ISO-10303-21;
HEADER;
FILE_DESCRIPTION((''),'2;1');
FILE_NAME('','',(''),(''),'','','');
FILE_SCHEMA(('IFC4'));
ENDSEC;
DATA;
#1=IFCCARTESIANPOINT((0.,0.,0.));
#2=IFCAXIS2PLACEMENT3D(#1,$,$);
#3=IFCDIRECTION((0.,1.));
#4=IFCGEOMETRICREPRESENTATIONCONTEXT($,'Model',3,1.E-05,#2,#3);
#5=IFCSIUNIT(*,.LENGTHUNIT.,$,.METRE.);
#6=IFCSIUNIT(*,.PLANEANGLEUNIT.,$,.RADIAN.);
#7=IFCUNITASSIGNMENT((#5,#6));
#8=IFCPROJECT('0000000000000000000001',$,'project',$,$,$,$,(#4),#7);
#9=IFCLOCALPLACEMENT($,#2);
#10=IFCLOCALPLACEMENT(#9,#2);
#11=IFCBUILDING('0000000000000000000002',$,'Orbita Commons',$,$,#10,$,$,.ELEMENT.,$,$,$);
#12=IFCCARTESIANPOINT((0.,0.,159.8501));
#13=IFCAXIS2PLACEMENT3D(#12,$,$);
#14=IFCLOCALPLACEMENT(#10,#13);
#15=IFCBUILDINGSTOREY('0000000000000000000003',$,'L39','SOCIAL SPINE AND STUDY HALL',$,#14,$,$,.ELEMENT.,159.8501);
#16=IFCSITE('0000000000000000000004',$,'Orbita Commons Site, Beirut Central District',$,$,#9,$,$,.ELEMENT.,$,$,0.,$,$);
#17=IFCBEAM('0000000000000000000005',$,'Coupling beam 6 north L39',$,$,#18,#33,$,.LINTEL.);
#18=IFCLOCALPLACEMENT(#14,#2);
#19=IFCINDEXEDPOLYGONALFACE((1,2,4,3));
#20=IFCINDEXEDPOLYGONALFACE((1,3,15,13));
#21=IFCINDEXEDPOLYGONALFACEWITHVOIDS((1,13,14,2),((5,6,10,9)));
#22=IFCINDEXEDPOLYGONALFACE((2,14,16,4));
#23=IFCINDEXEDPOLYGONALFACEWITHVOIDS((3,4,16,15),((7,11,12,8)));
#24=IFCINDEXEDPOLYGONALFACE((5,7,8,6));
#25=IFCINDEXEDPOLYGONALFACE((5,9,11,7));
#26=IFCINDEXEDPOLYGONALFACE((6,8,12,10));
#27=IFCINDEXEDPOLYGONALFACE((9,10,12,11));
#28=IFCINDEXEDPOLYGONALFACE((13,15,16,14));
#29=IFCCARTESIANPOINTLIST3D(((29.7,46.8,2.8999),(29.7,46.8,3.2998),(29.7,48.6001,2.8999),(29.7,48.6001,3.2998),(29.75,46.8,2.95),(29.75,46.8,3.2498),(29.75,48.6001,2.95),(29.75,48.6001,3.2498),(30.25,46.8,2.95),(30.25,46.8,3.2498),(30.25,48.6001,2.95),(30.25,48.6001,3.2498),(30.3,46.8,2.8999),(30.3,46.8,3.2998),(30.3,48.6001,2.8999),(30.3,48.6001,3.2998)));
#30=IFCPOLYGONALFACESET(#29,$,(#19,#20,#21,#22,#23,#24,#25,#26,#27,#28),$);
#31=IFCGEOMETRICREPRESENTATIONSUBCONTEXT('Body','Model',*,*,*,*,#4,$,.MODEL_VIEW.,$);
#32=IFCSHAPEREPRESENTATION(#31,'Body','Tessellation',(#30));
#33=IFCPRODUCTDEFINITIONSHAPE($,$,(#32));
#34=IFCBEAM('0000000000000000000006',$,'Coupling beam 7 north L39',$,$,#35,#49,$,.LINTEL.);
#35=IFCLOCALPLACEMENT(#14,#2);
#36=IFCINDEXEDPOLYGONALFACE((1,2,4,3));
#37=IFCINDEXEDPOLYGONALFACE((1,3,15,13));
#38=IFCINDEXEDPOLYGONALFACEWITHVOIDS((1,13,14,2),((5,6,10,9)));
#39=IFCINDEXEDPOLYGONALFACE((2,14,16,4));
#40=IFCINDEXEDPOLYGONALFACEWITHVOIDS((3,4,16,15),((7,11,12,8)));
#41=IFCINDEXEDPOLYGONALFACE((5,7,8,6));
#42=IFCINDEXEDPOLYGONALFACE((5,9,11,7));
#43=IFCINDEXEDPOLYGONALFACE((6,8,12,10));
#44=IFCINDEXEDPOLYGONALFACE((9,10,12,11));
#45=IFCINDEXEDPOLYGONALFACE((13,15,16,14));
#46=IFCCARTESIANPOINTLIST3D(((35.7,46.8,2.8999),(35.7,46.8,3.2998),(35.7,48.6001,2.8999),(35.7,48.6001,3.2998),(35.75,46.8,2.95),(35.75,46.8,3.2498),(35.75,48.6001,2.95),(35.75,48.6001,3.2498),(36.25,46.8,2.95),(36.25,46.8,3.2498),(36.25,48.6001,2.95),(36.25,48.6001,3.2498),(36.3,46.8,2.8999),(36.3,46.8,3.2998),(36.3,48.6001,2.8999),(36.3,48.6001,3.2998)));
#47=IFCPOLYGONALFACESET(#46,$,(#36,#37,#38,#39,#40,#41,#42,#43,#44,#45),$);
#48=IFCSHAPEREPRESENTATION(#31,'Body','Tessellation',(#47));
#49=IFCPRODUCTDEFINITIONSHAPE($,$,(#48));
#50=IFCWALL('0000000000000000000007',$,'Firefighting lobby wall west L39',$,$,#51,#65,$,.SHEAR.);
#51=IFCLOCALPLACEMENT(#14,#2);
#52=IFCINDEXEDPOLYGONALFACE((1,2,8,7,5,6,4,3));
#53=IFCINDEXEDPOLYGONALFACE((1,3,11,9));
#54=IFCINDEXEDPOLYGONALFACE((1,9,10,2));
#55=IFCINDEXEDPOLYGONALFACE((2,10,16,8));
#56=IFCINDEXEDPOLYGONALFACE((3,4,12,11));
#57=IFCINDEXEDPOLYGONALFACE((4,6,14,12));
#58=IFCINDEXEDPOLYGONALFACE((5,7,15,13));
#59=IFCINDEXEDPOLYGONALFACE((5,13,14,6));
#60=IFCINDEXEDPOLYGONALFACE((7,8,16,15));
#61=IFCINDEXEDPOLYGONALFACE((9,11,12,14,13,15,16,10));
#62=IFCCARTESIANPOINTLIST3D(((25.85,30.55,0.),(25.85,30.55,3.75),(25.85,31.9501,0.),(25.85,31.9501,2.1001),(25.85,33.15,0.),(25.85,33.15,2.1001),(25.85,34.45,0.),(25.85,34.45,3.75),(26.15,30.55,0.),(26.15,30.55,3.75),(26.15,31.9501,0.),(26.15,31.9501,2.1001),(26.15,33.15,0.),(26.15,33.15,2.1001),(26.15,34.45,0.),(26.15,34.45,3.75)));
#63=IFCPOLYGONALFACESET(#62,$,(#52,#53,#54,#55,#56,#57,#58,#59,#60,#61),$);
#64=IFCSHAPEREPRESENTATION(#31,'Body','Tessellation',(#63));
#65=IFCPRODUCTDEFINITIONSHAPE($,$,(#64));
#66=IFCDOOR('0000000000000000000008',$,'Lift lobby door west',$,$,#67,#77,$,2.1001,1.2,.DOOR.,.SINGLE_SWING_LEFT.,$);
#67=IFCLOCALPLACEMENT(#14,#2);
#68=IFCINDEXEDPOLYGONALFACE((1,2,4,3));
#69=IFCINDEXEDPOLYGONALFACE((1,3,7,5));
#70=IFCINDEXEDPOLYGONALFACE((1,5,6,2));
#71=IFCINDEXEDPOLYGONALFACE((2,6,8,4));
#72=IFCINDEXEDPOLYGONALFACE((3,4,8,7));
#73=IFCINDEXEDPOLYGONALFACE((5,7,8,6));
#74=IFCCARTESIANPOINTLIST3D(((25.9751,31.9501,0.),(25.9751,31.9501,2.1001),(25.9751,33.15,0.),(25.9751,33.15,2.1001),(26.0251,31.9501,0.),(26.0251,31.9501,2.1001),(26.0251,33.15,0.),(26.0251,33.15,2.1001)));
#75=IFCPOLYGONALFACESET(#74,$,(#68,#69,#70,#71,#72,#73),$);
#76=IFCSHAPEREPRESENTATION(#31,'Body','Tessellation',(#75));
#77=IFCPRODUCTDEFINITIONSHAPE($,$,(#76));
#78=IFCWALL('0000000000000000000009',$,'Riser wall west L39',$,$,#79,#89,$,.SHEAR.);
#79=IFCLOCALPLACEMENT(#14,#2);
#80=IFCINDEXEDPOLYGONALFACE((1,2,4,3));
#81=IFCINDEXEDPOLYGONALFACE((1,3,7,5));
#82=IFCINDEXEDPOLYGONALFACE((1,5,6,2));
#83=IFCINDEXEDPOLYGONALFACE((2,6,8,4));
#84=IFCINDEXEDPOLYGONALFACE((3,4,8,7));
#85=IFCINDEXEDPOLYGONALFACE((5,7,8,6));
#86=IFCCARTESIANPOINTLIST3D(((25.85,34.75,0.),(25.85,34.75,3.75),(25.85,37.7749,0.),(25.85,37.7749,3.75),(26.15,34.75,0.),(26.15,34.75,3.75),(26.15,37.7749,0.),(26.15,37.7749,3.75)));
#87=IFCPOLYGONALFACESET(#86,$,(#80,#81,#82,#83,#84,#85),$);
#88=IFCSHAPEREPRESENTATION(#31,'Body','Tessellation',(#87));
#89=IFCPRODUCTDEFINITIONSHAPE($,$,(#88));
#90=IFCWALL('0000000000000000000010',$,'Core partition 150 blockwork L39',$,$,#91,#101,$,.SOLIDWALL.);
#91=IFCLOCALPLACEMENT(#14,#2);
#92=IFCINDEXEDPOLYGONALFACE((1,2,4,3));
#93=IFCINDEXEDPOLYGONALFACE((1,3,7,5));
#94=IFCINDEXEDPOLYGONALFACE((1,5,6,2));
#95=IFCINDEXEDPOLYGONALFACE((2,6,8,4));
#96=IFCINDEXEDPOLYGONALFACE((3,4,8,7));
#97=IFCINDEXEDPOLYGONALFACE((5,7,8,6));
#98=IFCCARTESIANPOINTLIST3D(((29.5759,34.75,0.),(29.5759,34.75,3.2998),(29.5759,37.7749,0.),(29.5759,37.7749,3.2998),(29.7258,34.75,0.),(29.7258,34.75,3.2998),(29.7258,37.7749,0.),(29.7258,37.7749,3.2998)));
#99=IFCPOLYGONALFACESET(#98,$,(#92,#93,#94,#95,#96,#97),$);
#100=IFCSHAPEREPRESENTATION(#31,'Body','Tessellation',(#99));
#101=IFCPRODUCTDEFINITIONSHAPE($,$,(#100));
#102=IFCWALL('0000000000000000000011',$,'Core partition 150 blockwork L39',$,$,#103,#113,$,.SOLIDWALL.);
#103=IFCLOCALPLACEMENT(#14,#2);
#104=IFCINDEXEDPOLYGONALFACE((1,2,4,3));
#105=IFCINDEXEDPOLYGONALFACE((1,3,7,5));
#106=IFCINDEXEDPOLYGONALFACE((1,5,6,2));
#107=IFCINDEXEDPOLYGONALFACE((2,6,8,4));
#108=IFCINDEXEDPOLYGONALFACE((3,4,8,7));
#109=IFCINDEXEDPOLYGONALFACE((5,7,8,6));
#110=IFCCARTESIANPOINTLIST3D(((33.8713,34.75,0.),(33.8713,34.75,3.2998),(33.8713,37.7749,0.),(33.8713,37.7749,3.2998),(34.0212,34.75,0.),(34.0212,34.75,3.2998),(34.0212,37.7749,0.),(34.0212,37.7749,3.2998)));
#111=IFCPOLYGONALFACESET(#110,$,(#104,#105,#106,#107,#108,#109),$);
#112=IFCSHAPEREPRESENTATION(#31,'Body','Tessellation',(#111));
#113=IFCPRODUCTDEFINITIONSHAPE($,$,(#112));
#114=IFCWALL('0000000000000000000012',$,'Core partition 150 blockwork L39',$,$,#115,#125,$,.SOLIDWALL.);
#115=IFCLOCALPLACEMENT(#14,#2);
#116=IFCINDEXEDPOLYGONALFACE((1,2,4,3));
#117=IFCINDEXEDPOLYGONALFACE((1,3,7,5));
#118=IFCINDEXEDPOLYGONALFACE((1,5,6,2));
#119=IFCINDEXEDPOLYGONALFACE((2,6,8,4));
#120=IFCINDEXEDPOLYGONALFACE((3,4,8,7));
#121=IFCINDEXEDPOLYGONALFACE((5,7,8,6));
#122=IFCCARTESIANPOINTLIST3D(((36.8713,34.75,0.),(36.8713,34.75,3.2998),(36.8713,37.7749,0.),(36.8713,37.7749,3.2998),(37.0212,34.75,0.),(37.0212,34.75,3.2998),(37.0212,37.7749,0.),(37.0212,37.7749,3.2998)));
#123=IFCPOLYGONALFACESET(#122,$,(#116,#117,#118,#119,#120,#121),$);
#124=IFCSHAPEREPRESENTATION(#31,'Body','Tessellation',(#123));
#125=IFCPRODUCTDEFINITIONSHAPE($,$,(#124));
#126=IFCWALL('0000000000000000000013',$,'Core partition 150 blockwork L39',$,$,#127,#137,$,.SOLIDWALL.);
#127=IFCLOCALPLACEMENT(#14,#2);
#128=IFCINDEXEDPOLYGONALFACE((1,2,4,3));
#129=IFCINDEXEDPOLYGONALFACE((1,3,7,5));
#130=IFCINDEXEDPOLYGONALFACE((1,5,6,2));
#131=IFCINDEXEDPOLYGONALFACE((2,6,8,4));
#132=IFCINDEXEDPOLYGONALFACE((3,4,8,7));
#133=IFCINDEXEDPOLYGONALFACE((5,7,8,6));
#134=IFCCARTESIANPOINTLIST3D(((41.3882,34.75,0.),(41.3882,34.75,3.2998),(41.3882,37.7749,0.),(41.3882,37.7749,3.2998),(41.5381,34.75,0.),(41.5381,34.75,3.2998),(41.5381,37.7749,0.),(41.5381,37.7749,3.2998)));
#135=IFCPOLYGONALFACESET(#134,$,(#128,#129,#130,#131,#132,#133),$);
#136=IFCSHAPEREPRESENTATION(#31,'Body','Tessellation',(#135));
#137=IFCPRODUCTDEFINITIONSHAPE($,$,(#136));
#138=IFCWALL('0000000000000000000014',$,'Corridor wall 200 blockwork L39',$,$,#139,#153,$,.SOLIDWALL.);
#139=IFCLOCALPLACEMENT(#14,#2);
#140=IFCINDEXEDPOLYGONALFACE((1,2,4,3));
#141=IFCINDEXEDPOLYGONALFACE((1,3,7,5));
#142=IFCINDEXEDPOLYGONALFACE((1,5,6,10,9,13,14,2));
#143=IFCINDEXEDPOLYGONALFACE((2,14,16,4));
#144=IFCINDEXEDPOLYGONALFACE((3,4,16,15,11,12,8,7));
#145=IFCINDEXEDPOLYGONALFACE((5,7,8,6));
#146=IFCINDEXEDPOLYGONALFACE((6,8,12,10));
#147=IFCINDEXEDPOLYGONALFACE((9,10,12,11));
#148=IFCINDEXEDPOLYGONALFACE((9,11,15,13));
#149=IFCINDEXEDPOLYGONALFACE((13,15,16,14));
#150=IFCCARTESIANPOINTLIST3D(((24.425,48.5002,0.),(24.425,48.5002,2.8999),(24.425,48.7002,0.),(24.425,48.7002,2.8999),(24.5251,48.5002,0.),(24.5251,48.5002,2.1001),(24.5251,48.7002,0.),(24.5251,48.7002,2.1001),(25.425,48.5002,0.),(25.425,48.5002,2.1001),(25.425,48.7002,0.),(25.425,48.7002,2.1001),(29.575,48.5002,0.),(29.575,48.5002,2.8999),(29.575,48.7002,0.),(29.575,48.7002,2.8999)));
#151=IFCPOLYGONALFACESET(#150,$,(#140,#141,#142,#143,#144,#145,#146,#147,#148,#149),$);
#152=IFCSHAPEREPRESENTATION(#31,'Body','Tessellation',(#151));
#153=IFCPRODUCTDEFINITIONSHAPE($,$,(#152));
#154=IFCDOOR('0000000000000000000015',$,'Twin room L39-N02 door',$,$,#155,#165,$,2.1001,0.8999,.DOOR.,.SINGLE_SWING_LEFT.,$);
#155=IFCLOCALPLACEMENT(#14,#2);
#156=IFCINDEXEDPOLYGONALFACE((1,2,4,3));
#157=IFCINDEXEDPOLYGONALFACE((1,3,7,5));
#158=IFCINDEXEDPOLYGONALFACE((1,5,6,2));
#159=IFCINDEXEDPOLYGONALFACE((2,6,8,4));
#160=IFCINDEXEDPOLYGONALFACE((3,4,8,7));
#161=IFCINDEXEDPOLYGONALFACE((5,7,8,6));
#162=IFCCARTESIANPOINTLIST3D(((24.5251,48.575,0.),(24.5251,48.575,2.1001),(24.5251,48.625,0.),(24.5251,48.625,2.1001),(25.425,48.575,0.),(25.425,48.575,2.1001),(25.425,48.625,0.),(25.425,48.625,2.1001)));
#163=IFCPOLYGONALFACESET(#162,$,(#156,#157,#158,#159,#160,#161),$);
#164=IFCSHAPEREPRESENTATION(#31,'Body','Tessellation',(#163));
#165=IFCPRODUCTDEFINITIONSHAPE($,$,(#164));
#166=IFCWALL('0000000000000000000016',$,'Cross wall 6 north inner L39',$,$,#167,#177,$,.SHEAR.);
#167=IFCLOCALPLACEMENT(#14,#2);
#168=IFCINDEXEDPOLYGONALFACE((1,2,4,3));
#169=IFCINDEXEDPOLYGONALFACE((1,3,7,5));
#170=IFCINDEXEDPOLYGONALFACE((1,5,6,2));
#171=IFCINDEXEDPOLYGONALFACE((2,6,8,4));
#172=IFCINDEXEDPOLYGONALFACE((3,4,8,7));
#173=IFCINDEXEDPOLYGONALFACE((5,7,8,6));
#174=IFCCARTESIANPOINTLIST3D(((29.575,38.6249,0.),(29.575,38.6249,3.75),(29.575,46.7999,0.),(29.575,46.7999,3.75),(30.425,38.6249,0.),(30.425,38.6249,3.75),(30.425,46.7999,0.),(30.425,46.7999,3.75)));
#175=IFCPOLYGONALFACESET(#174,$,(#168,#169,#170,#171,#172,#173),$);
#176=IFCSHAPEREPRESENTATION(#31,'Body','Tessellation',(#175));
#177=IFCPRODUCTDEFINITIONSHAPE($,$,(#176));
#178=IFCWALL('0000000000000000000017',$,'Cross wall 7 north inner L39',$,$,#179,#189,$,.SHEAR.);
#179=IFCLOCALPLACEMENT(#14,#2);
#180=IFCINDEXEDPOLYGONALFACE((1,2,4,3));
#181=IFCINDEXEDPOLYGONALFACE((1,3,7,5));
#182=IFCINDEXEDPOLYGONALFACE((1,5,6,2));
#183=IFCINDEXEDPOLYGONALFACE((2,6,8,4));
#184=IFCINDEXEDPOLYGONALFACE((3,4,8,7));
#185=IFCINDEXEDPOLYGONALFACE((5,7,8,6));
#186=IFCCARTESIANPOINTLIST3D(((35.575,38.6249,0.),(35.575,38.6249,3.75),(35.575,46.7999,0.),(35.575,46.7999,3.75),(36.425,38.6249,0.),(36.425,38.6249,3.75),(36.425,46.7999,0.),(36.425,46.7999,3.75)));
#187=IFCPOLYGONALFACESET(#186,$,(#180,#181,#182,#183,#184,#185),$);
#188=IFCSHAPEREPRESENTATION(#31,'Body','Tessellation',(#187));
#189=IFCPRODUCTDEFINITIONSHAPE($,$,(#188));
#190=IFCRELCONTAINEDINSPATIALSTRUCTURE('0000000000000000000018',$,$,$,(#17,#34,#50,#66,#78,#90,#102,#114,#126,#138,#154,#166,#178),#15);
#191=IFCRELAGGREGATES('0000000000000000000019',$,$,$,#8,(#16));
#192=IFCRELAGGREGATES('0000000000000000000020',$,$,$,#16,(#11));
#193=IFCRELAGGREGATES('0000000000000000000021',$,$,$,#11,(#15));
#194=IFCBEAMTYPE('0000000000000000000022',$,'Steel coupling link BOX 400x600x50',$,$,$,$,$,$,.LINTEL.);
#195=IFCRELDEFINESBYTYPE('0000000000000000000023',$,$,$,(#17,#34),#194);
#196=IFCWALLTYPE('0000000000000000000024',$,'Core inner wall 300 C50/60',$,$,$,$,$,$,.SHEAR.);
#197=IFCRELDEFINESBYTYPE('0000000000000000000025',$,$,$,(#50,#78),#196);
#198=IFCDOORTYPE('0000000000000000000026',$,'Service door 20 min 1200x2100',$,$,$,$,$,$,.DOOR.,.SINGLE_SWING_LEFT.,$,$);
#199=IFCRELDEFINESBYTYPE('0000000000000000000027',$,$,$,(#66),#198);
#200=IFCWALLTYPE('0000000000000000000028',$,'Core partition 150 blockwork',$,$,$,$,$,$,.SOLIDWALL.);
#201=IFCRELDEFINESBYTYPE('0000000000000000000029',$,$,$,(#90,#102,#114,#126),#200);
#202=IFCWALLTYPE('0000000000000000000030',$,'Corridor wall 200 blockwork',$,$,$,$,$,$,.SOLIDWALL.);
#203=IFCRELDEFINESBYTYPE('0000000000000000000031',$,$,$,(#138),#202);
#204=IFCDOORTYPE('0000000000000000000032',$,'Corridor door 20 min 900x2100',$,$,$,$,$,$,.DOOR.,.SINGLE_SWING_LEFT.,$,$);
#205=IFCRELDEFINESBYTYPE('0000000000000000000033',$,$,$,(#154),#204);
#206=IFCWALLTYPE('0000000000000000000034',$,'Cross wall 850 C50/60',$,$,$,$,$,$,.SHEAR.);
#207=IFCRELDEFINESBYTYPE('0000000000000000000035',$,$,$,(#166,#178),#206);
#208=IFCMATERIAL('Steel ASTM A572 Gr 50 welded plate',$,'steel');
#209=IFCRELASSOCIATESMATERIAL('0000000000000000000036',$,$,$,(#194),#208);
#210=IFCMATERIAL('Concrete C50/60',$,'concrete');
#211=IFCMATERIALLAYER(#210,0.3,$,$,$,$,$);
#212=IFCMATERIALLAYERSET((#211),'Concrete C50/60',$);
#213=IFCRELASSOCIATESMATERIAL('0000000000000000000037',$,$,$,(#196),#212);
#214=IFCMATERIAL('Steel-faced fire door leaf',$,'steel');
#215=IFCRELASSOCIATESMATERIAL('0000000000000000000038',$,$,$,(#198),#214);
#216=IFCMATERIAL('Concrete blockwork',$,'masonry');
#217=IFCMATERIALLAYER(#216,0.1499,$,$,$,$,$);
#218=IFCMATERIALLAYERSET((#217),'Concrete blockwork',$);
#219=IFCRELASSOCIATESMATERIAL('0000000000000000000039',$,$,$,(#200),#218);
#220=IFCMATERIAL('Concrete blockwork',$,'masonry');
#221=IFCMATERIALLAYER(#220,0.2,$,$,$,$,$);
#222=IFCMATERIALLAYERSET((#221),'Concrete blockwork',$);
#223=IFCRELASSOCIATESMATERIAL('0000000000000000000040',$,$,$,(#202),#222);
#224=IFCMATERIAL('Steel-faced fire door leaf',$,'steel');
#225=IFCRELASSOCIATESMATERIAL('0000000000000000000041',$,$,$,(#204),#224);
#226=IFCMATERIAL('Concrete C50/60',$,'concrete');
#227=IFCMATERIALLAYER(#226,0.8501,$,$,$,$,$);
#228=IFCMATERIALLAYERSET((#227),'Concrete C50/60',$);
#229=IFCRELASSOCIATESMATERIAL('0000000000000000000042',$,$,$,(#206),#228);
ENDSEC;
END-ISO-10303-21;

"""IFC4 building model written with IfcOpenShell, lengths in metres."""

from ifc_helpers import new_model, si_unit, direction, frame, frame_2d, origin, origin_2d, place, context, subcontext, project, spatial, polyline, rectangle, hollow_rectangle, outline, extrude, material, layer, layer_set, material_profile, profile_set, type_object, element, fill, save


model = new_model("IFC4")

# Units and contexts
model_context = context("Model", 3, precision=1e-05, world=origin(), true_north=direction((0.0, 1.0)))
body_context = subcontext(model_context, "Body", "Model", "MODEL_VIEW")
ifc_project = project(units=[si_unit("LENGTHUNIT", "METRE"), si_unit("PLANEANGLEUNIT", "RADIAN")], contexts=[model_context])

# Site, building, storey
site_placement = place(None, origin())
site = spatial("IfcSite", under=ifc_project, at=site_placement, Name="Orbita Commons Site, Beirut Central District", CompositionType="ELEMENT", RefElevation=0.0)
building_placement = place(site_placement, origin())
building = spatial("IfcBuilding", under=site, at=building_placement, Name="Orbita Commons", CompositionType="ELEMENT")
storey_placement = place(building_placement, frame((0.0, 0.0, 159.8501)))
storey = spatial("IfcBuildingStorey", under=building, at=storey_placement, Name="L39", Description="SOCIAL SPINE AND STUDY HALL", CompositionType="ELEMENT", Elevation=159.8501)

# Beams
ifc_material_1 = material(Name="Steel ASTM A572 Gr 50 welded plate", Category="steel")
ifc_material_profile = material_profile(ifc_material_1, hollow_rectangle(XDim=0.6001, YDim=0.3999, WallThickness=0.05, at=origin_2d()), Name="BOX 400x600x50")
ifc_profile_set = profile_set([ifc_material_profile], Name="Steel ASTM A572 Gr 50 welded plate")
beam_type = type_object("IfcBeamType", Name="Steel coupling link BOX 400x600x50", PredefinedType="LINTEL", material=ifc_profile_set)
for number, where, z_axis, x_axis, name in (
    (1, (30.0, 46.8, 3.0999), (0.0, 1.0, 0.0), (-1.0, 0.0, 0.0), "Coupling beam 6 north L39"),
    (2, (36.0, 46.8, 3.0999), (0.0, 1.0, 0.0), (-1.0, 0.0, 0.0), "Coupling beam 7 north L39"),
):
    element("IfcBeam", number, at=place(storey_placement, frame(where, z_axis=z_axis, x_axis=x_axis)), inside=storey, type_object=beam_type, Name=name, PredefinedType="LINTEL", context=body_context, shape_type="SweptSolid", body=[
        extrude(hollow_rectangle(XDim=0.6001, YDim=0.3999, WallThickness=0.05, at=origin_2d()), origin(), (0.0, 0.0, 1.0), 1.8),
    ])

# Wall, opening, door
ifc_material_2 = material(Name="Concrete C50/60", Category="concrete")
ifc_layer_1 = layer(ifc_material_2, 0.3)
ifc_layer_set_1 = layer_set([ifc_layer_1], Name="Concrete C50/60")
wall_type_1 = type_object("IfcWallType", Name="Core inner wall 300 C50/60", PredefinedType="SHEAR", material=ifc_layer_set_1)
wall_1_placement = place(storey_placement, frame((26.0, 30.55, 0.0), z_axis=(0.0, 0.0, 1.0), x_axis=(0.0, 1.0, 0.0)))
wall_1 = element("IfcWall", 3, at=wall_1_placement, inside=storey, type_object=wall_type_1, Name="Firefighting lobby wall west L39", PredefinedType="SHEAR", context=body_context, shape_type="SweptSolid", body=[
    extrude(rectangle(XDim=3.8999, YDim=0.3, at=frame_2d((1.95, 0.0))), origin(), (0.0, 0.0, 1.0), 3.75),
])
opening_1_placement = place(wall_1_placement, frame((1.3999, 0.0, 0.0)))
opening_1 = element("IfcOpeningElement", 4, at=opening_1_placement, cuts=wall_1, PredefinedType="OPENING", context=body_context, shape_type="SweptSolid", body=[
    extrude(rectangle(XDim=1.2, YDim=2.1001, at=frame_2d((0.6001, 1.05))), frame((0.0, 0.1599, 0.0), z_axis=(0.0, -1.0, 0.0), x_axis=(1.0, 0.0, 0.0)), (0.0, 0.0, 1.0), 0.3201),
])
ifc_material_3 = material(Name="Steel-faced fire door leaf", Category="steel")
door_type_1 = type_object("IfcDoorType", Name="Service door 20 min 1200x2100", OperationType="SINGLE_SWING_LEFT", PredefinedType="DOOR", material=ifc_material_3)
door_1_placement = place(opening_1_placement, origin())
door_1 = element("IfcDoor", 5, at=door_1_placement, inside=storey, type_object=door_type_1, Name="Lift lobby door west", OperationType="SINGLE_SWING_LEFT", OverallHeight=2.1001, OverallWidth=1.2, PredefinedType="DOOR", context=body_context, shape_type="SweptSolid", body=[
    extrude(rectangle(XDim=1.2, YDim=2.1001, at=frame_2d((0.6001, 1.05))), frame((0.0, 0.0249, 0.0), z_axis=(0.0, -1.0, 0.0), x_axis=(1.0, 0.0, 0.0)), (0.0, 0.0, 1.0), 0.05),
])
fill(opening_1, door_1)

# Walls
wall_2_placement = place(storey_placement, frame((26.0, 34.75, 0.0), z_axis=(0.0, 0.0, 1.0), x_axis=(0.0, 1.0, 0.0)))
element("IfcWall", 6, at=wall_2_placement, inside=storey, type_object=wall_type_1, Name="Riser wall west L39", PredefinedType="SHEAR", context=body_context, shape_type="SweptSolid", body=[
    extrude(rectangle(XDim=3.0249, YDim=0.3, at=frame_2d((1.5125, 0.0))), origin(), (0.0, 0.0, 1.0), 3.75),
])
ifc_material_4 = material(Name="Concrete blockwork", Category="masonry")
ifc_layer_2 = layer(ifc_material_4, 0.1499)
ifc_layer_set_2 = layer_set([ifc_layer_2], Name="Concrete blockwork")
wall_type_2 = type_object("IfcWallType", Name="Core partition 150 blockwork", PredefinedType="SOLIDWALL", material=ifc_layer_set_2)
for number, where, z_axis, x_axis, name in (
    (7, (29.6509, 34.75, 0.0), (0.0, 0.0, 1.0), (0.0, 1.0, 0.0), "Core partition 150 blockwork L39"),
    (8, (33.9463, 34.75, 0.0), (0.0, 0.0, 1.0), (0.0, 1.0, 0.0), "Core partition 150 blockwork L39"),
    (9, (36.9463, 34.75, 0.0), (0.0, 0.0, 1.0), (0.0, 1.0, 0.0), "Core partition 150 blockwork L39"),
    (10, (41.4631, 34.75, 0.0), (0.0, 0.0, 1.0), (0.0, 1.0, 0.0), "Core partition 150 blockwork L39"),
):
    element("IfcWall", number, at=place(storey_placement, frame(where, z_axis=z_axis, x_axis=x_axis)), inside=storey, type_object=wall_type_2, Name=name, PredefinedType="SOLIDWALL", context=body_context, shape_type="SweptSolid", body=[
        extrude(rectangle(XDim=3.0249, YDim=0.1499, at=frame_2d((1.5125, 0.0))), origin(), (0.0, 0.0, 1.0), 3.2998),
    ])

# Wall, opening, door
ifc_material_5 = material(Name="Concrete blockwork", Category="masonry")
ifc_layer_3 = layer(ifc_material_5, 0.2)
ifc_layer_set_3 = layer_set([ifc_layer_3], Name="Concrete blockwork")
wall_type_3 = type_object("IfcWallType", Name="Corridor wall 200 blockwork", PredefinedType="SOLIDWALL", material=ifc_layer_set_3)
wall_3_placement = place(storey_placement, frame((24.425, 48.6001, 0.0), z_axis=(0.0, 0.0, 1.0), x_axis=(1.0, 0.0, 0.0)))
wall_3 = element("IfcWall", 11, at=wall_3_placement, inside=storey, type_object=wall_type_3, Name="Corridor wall 200 blockwork L39", PredefinedType="SOLIDWALL", context=body_context, shape_type="SweptSolid", body=[
    extrude(outline(polyline([(0.0, 0.0), (5.1499, 0.0), (5.1499, 2.8999), (0.0, 2.8999), (0.0, 0.0)])), frame((0.0, 0.1001, 0.0), z_axis=(0.0, -1.0, 0.0), x_axis=(1.0, 0.0, 0.0)), (0.0, 0.0, 1.0), 0.2),
])
opening_2_placement = place(wall_3_placement, frame((0.1001, 0.0, 0.0)))
opening_2 = element("IfcOpeningElement", 12, at=opening_2_placement, cuts=wall_3, PredefinedType="OPENING", context=body_context, shape_type="SweptSolid", body=[
    extrude(rectangle(XDim=0.8999, YDim=2.1001, at=frame_2d((0.45, 1.05))), frame((0.0, 0.1099, 0.0), z_axis=(0.0, -1.0, 0.0), x_axis=(1.0, 0.0, 0.0)), (0.0, 0.0, 1.0), 0.22),
])
ifc_material_6 = material(Name="Steel-faced fire door leaf", Category="steel")
door_type_2 = type_object("IfcDoorType", Name="Corridor door 20 min 900x2100", OperationType="SINGLE_SWING_LEFT", PredefinedType="DOOR", material=ifc_material_6)
door_2_placement = place(opening_2_placement, origin())
door_2 = element("IfcDoor", 13, at=door_2_placement, inside=storey, type_object=door_type_2, Name="Twin room L39-N02 door", OperationType="SINGLE_SWING_LEFT", OverallHeight=2.1001, OverallWidth=0.8999, PredefinedType="DOOR", context=body_context, shape_type="SweptSolid", body=[
    extrude(rectangle(XDim=0.8999, YDim=2.1001, at=frame_2d((0.45, 1.05))), frame((0.0, 0.0249, 0.0), z_axis=(0.0, -1.0, 0.0), x_axis=(1.0, 0.0, 0.0)), (0.0, 0.0, 1.0), 0.05),
])
fill(opening_2, door_2)

# Walls
ifc_material_7 = material(Name="Concrete C50/60", Category="concrete")
ifc_layer_4 = layer(ifc_material_7, 0.8501)
ifc_layer_set_4 = layer_set([ifc_layer_4], Name="Concrete C50/60")
wall_type_4 = type_object("IfcWallType", Name="Cross wall 850 C50/60", PredefinedType="SHEAR", material=ifc_layer_set_4)
for number, where, z_axis, x_axis, name in (
    (14, (30.0, 38.625, 0.0), (0.0, 0.0, 1.0), (0.0, 1.0, 0.0), "Cross wall 6 north inner L39"),
    (15, (36.0, 38.625, 0.0), (0.0, 0.0, 1.0), (0.0, 1.0, 0.0), "Cross wall 7 north inner L39"),
):
    element("IfcWall", number, at=place(storey_placement, frame(where, z_axis=z_axis, x_axis=x_axis)), inside=storey, type_object=wall_type_4, Name=name, PredefinedType="SHEAR", context=body_context, shape_type="SweptSolid", body=[
        extrude(rectangle(XDim=8.175, YDim=0.8501, at=frame_2d((4.0874, 0.0))), origin(), (0.0, 0.0, 1.0), 3.75),
    ])

save(model, "model.ifc")
